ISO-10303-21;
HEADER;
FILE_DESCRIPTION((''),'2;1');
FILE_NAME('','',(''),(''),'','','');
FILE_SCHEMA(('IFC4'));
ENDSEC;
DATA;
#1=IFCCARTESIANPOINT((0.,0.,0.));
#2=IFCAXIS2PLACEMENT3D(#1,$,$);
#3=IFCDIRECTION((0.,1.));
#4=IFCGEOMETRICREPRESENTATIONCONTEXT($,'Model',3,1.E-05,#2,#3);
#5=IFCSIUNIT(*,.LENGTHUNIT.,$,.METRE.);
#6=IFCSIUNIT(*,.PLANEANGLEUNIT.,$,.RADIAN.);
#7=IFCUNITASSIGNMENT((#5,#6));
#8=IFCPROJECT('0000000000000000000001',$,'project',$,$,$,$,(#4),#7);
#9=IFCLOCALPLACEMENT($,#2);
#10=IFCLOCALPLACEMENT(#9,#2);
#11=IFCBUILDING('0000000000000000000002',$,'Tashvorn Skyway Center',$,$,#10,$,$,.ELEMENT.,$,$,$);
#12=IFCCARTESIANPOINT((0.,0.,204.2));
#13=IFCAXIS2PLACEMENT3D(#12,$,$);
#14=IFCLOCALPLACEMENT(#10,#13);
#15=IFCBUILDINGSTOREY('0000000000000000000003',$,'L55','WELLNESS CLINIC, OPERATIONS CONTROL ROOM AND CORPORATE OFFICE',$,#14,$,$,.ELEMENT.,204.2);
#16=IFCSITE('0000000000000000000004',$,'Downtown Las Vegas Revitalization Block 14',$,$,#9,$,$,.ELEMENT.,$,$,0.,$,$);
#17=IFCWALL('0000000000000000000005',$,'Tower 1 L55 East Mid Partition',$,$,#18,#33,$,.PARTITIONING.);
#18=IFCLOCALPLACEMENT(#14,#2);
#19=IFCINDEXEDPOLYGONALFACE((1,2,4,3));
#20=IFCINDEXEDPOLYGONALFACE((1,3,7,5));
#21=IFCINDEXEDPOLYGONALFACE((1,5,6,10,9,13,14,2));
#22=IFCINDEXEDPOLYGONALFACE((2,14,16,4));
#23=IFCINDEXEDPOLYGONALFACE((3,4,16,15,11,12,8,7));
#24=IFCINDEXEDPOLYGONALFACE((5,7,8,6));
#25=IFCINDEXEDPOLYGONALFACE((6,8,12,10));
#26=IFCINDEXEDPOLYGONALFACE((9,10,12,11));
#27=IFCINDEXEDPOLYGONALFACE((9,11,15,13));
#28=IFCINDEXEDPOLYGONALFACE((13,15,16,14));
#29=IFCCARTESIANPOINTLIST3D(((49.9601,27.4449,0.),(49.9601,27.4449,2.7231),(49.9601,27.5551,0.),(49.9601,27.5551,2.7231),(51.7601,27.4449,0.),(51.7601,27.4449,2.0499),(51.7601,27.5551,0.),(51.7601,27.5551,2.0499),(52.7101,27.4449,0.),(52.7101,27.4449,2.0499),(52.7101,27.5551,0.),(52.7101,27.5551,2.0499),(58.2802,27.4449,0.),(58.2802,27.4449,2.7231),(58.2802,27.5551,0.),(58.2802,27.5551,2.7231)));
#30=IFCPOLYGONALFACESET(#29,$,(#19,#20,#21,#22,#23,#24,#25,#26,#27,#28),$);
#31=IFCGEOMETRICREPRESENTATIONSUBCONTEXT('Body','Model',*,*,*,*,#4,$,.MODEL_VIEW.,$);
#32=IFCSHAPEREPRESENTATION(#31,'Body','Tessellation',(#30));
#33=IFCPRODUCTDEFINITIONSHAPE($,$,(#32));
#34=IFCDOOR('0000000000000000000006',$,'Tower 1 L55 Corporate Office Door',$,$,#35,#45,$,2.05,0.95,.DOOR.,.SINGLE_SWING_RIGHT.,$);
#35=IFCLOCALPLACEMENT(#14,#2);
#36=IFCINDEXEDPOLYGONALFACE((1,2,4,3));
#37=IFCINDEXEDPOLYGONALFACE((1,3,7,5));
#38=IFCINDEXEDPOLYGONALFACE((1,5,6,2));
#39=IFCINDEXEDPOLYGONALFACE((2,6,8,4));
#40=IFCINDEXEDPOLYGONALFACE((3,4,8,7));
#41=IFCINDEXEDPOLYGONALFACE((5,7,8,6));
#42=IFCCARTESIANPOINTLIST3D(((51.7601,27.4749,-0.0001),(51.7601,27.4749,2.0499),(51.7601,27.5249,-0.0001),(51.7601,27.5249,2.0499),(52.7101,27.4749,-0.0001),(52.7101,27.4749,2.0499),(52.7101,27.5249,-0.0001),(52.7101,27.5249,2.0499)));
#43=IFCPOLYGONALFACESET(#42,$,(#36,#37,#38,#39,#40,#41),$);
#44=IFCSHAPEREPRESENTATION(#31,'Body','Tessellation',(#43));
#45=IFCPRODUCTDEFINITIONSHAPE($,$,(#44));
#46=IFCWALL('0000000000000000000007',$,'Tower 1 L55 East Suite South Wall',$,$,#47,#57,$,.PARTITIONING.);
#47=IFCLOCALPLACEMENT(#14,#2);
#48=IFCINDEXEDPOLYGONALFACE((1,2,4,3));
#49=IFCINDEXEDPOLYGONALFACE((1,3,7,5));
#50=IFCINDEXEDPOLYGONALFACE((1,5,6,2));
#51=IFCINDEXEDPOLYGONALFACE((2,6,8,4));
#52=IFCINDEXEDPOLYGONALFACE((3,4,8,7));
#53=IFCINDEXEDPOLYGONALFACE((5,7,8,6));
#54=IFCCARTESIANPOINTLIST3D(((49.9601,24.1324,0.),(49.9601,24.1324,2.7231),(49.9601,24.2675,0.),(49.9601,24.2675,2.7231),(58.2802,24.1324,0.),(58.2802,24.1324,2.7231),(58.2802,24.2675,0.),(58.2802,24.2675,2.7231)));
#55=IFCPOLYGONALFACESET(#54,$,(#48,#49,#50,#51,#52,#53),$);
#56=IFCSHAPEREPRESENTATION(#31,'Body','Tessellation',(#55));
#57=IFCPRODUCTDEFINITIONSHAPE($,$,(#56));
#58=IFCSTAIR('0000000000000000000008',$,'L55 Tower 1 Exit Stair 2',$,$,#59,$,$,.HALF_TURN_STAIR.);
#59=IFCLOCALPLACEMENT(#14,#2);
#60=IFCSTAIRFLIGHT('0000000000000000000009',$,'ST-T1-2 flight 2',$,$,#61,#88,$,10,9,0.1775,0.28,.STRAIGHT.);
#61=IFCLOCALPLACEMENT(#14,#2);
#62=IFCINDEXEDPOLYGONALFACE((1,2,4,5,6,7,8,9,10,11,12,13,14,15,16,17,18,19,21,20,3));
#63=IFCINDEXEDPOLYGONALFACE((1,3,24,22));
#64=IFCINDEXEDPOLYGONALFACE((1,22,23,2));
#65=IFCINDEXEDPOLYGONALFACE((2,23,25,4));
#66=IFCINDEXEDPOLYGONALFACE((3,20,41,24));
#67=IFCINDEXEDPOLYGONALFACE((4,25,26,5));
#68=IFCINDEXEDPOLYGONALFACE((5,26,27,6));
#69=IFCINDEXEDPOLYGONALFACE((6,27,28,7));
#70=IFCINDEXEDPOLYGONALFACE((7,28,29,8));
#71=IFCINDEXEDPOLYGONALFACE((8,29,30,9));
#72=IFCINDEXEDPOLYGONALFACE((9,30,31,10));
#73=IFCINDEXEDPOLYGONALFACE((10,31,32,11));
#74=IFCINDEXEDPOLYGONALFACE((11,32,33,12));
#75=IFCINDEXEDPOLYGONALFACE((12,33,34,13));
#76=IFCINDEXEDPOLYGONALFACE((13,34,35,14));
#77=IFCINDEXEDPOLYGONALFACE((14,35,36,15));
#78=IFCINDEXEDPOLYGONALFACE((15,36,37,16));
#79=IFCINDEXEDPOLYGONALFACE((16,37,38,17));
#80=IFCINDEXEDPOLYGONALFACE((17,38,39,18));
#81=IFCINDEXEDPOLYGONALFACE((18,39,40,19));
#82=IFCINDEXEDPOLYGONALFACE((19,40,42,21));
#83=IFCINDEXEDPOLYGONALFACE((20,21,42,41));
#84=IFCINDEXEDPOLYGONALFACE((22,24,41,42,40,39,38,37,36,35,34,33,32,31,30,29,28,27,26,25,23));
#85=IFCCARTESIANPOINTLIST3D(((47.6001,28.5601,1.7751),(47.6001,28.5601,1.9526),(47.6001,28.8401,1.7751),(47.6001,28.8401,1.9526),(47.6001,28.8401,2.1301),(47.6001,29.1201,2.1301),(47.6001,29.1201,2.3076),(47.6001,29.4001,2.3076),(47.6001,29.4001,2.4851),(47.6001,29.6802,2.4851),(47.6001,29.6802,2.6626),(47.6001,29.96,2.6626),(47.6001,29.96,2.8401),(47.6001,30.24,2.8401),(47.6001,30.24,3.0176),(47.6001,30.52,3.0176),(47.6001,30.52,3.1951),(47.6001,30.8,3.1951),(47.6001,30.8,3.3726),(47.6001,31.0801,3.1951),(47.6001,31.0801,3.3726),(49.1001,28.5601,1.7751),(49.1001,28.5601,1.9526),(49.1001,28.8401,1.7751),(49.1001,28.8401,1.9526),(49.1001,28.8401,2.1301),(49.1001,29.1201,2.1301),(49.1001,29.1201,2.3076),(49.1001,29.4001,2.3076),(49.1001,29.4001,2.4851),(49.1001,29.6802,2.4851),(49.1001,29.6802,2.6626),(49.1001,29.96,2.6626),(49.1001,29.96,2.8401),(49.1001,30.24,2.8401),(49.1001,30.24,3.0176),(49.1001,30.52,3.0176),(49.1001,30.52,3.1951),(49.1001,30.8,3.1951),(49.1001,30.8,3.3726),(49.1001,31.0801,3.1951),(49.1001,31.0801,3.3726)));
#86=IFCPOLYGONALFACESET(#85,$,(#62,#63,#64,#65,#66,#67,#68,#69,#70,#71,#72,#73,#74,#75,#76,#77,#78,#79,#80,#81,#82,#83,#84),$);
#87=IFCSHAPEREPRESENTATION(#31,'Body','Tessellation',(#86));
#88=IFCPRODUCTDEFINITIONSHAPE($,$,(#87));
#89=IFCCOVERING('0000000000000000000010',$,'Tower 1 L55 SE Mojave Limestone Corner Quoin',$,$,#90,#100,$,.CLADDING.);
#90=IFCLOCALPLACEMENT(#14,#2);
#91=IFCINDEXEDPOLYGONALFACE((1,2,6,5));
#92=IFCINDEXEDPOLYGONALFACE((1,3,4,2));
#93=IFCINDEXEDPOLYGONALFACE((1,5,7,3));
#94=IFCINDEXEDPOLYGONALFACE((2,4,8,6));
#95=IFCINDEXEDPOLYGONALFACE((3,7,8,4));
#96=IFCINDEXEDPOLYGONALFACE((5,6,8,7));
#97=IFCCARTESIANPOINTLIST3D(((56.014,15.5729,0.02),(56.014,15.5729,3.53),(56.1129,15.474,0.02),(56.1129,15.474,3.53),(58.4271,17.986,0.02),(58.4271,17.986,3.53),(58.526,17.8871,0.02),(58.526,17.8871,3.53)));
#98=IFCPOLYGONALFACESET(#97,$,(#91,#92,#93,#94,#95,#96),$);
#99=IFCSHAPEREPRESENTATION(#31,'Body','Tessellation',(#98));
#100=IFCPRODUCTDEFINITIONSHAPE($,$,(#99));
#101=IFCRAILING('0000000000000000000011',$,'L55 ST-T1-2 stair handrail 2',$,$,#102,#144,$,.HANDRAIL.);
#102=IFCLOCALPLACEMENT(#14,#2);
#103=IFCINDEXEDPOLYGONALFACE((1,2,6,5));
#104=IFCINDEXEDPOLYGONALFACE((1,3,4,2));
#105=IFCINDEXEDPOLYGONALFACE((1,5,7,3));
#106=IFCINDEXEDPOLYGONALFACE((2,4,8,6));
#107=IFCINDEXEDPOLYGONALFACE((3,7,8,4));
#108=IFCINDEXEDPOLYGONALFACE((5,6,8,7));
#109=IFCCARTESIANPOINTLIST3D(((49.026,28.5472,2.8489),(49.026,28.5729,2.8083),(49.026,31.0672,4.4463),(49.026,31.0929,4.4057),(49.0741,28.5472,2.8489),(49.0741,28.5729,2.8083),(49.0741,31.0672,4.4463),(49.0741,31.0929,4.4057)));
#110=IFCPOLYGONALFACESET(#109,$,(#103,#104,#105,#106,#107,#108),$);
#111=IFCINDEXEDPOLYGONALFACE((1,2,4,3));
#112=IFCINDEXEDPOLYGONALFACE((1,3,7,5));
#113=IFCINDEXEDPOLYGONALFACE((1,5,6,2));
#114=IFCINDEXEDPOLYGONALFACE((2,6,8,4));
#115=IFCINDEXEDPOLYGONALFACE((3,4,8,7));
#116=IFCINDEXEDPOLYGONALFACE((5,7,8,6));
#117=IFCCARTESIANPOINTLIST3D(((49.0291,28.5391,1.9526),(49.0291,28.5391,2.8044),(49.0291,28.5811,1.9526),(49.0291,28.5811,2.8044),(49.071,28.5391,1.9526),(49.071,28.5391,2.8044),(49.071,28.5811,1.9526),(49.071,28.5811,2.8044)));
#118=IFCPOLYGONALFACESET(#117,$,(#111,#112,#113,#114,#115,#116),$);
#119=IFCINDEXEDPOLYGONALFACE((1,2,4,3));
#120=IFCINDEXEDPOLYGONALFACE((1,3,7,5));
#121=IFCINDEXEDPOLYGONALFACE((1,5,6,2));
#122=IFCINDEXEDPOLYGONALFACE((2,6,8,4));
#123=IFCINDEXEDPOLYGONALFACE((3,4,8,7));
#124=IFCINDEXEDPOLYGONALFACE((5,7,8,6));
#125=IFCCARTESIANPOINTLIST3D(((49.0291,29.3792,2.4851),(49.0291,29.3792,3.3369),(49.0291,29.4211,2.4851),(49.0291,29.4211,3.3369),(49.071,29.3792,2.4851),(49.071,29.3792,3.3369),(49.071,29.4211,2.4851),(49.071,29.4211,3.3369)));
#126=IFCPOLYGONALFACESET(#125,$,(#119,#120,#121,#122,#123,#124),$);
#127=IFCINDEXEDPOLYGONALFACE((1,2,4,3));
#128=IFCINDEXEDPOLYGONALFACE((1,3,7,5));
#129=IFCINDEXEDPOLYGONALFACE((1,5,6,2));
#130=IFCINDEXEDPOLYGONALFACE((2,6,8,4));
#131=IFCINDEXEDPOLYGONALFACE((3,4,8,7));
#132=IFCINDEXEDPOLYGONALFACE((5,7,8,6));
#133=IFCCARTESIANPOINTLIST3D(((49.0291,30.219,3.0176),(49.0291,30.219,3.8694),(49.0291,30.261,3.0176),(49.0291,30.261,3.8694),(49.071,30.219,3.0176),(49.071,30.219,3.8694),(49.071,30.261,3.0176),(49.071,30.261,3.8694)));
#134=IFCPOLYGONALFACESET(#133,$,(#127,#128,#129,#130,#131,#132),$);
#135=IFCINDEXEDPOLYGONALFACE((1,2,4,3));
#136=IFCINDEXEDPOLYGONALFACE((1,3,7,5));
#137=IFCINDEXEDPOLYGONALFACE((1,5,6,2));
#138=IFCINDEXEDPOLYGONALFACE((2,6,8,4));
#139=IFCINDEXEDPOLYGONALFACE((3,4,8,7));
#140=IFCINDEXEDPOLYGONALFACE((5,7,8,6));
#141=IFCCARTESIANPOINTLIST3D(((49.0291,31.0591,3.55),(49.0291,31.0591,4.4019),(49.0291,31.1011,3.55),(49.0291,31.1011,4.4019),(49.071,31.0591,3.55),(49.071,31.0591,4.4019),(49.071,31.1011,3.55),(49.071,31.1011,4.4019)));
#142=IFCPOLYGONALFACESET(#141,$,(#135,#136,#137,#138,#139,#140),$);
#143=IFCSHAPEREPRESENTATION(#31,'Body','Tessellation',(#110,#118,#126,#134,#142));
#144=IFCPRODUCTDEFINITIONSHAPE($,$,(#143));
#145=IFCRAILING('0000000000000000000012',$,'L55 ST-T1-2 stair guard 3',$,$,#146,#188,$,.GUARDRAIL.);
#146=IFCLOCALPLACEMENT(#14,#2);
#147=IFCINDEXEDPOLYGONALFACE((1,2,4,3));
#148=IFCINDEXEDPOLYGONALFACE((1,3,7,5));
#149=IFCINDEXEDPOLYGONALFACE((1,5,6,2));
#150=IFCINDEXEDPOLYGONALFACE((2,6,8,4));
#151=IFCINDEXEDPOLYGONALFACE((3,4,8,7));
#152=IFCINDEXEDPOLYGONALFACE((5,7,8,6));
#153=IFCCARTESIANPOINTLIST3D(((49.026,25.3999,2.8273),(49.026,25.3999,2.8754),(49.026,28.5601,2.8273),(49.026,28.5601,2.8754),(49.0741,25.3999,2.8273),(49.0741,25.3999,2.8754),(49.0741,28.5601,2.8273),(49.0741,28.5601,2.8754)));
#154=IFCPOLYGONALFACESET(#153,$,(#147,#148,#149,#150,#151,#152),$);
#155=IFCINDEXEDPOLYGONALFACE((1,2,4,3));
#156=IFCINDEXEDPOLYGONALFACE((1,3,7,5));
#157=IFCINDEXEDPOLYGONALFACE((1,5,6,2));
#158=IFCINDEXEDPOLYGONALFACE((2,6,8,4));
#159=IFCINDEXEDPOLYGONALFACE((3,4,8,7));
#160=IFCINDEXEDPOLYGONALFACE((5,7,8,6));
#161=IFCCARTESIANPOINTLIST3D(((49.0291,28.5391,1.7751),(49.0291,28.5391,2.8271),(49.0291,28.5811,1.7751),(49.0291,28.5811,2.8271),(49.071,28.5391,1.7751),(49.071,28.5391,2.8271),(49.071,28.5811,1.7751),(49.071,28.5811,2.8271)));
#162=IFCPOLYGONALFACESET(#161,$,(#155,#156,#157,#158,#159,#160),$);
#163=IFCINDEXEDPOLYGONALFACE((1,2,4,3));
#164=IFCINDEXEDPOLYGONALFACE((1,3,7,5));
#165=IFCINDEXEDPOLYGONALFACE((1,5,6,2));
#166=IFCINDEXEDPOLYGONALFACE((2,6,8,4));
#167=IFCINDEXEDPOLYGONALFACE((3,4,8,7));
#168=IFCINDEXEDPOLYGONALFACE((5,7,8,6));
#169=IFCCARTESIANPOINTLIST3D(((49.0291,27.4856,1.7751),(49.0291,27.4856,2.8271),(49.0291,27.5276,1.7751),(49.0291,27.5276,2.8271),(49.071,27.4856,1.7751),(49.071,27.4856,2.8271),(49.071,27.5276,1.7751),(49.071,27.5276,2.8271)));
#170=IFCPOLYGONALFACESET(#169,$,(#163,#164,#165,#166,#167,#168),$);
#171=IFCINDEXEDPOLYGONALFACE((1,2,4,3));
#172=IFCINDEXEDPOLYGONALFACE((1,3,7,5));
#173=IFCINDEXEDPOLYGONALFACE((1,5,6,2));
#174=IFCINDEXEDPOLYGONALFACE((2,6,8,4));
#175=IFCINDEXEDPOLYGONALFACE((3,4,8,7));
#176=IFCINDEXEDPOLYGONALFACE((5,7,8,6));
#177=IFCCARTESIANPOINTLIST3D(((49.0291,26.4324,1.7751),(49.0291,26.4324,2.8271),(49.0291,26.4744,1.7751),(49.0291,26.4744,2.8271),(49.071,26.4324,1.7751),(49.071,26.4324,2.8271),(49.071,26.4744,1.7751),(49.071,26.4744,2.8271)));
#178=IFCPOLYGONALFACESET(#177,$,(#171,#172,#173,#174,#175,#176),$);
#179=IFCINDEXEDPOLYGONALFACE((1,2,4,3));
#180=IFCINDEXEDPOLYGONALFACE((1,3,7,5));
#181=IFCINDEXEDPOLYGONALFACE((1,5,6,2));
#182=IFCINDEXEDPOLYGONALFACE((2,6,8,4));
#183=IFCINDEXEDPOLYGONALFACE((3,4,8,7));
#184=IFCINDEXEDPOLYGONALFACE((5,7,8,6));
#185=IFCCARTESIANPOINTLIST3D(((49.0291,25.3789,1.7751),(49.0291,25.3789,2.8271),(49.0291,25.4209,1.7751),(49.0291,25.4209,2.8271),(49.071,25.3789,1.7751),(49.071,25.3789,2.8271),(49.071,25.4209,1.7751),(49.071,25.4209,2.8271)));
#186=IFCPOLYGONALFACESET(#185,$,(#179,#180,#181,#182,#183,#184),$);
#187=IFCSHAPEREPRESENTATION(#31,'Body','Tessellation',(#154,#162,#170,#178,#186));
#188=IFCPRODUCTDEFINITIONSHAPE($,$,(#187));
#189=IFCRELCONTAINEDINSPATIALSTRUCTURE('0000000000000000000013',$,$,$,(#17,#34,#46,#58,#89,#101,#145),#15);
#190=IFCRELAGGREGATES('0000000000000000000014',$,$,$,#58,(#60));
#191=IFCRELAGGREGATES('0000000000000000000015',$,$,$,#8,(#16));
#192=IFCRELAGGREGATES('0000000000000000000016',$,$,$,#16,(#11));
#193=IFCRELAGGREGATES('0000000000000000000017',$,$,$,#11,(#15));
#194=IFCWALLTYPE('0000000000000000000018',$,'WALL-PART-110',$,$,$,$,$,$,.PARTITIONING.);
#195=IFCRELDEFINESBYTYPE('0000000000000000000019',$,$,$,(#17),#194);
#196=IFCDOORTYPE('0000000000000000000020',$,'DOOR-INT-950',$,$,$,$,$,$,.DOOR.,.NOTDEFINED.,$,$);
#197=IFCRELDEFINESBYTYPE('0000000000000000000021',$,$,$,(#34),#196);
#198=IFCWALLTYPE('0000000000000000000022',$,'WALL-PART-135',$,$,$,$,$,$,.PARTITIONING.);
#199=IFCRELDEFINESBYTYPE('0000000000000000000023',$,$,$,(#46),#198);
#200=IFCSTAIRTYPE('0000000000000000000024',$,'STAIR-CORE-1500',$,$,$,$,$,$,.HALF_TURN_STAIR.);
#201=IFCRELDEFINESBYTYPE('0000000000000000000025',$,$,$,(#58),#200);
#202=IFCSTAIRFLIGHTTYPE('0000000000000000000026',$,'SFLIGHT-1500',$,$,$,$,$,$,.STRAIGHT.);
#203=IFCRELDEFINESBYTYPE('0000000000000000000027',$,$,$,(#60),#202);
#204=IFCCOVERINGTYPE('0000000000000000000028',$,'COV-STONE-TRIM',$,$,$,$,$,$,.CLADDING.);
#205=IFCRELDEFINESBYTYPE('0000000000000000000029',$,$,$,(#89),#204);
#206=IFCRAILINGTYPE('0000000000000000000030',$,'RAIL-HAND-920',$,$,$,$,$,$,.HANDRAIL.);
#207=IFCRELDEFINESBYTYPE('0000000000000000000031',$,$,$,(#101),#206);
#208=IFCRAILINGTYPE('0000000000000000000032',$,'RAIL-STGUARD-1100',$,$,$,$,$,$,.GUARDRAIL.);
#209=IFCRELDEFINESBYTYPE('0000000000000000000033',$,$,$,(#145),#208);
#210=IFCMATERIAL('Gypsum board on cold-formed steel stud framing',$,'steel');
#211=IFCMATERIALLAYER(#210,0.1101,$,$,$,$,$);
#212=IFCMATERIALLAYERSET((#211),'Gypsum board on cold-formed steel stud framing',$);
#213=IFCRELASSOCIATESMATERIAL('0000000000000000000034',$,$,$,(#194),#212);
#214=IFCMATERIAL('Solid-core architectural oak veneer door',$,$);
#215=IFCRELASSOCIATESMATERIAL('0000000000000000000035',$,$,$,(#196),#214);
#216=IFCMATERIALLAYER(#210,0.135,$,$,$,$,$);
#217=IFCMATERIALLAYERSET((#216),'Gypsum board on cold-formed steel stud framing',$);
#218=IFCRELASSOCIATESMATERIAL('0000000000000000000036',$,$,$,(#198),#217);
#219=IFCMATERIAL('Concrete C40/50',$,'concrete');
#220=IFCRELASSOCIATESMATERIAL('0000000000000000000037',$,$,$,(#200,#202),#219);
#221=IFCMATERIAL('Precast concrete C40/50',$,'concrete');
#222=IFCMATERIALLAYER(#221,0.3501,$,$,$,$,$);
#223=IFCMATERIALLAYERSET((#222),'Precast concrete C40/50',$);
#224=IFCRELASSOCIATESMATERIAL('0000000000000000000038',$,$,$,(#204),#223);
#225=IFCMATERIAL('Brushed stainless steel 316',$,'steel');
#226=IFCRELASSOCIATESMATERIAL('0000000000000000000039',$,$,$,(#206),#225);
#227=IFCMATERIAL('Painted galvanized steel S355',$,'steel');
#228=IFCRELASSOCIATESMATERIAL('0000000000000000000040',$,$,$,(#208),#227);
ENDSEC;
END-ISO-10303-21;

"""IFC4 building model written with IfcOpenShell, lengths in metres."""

from ifc_helpers import new_model, si_unit, direction, frame, frame_2d, origin, origin_2d, place, context, subcontext, project, spatial, polyline, rectangle, outline, extrude, material, layer, layer_set, type_object, element, fill, aggregate, save


model = new_model("IFC4")

# Units and contexts
model_context = context("Model", 3, precision=1e-05, world=origin(), true_north=direction((0.0, 1.0)))
body_context = subcontext(model_context, "Body", "Model", "MODEL_VIEW")
ifc_project = project(units=[si_unit("LENGTHUNIT", "METRE"), si_unit("PLANEANGLEUNIT", "RADIAN")], contexts=[model_context])

# Site, building, storey
site_placement = place(None, origin())
site = spatial("IfcSite", under=ifc_project, at=site_placement, Name="Downtown Las Vegas Revitalization Block 14", CompositionType="ELEMENT", RefElevation=0.0)
building_placement = place(site_placement, origin())
building = spatial("IfcBuilding", under=site, at=building_placement, Name="Tashvorn Skyway Center", CompositionType="ELEMENT")
storey_placement = place(building_placement, frame((0.0, 0.0, 204.2)))
storey = spatial("IfcBuildingStorey", under=building, at=storey_placement, Name="L55", Description="WELLNESS CLINIC, OPERATIONS CONTROL ROOM AND CORPORATE OFFICE", CompositionType="ELEMENT", Elevation=204.2)

# Wall, opening, door
ifc_material_1 = material(Name="Gypsum board on cold-formed steel stud framing", Category="steel")
ifc_layer_1 = layer(ifc_material_1, 0.1101)
ifc_layer_set_1 = layer_set([ifc_layer_1], Name="Gypsum board on cold-formed steel stud framing")
wall_type_1 = type_object("IfcWallType", Name="WALL-PART-110", PredefinedType="PARTITIONING", material=ifc_layer_set_1)
wall_1_placement = place(storey_placement, frame((49.96, 27.5, 0.0), z_axis=(0.0, 0.0, 1.0), x_axis=(1.0, 0.0, 0.0)))
wall_1 = element("IfcWall", 1, at=wall_1_placement, inside=storey, type_object=wall_type_1, Name="Tower 1 L55 East Mid Partition", PredefinedType="PARTITIONING", context=body_context, shape_type="SweptSolid", body=[
    extrude(rectangle(XDim=8.3201, YDim=0.1101, at=frame_2d((4.1602, 0.0))), origin(), (0.0, 0.0, 1.0), 2.7231),
])
opening_1_placement = place(wall_1_placement, frame((1.8, 0.0, 0.0)))
opening_1 = element("IfcOpeningElement", 2, at=opening_1_placement, cuts=wall_1, PredefinedType="OPENING", context=body_context, shape_type="SweptSolid", body=[
    extrude(rectangle(XDim=0.95, YDim=2.05, at=frame_2d((0.4751, 1.0249))), frame((0.0, 0.0649, 0.0), z_axis=(0.0, -1.0, 0.0), x_axis=(1.0, 0.0, 0.0)), (0.0, 0.0, 1.0), 0.1301),
])
ifc_material_2 = material(Name="Solid-core architectural oak veneer door")
door_type_1 = type_object("IfcDoorType", Name="DOOR-INT-950", OperationType="NOTDEFINED", PredefinedType="DOOR", material=ifc_material_2)
door_1_placement = place(opening_1_placement, origin())
door_1 = element("IfcDoor", 3, at=door_1_placement, inside=storey, type_object=door_type_1, Name="Tower 1 L55 Corporate Office Door", OperationType="SINGLE_SWING_RIGHT", OverallHeight=2.05, OverallWidth=0.95, PredefinedType="DOOR", context=body_context, shape_type="SweptSolid", body=[
    extrude(rectangle(XDim=0.95, YDim=2.05, at=frame_2d((0.4751, 1.0249))), frame((0.0, 0.0249, 0.0), z_axis=(0.0, -1.0, 0.0), x_axis=(1.0, 0.0, 0.0)), (0.0, 0.0, 1.0), 0.05),
])
fill(opening_1, door_1)

# Wall
ifc_layer_2 = layer(ifc_material_1, 0.135)
ifc_layer_set_2 = layer_set([ifc_layer_2], Name="Gypsum board on cold-formed steel stud framing")
wall_type_2 = type_object("IfcWallType", Name="WALL-PART-135", PredefinedType="PARTITIONING", material=ifc_layer_set_2)
wall_2_placement = place(storey_placement, frame((49.96, 24.2, 0.0), z_axis=(0.0, 0.0, 1.0), x_axis=(1.0, 0.0, 0.0)))
element("IfcWall", 4, at=wall_2_placement, inside=storey, type_object=wall_type_2, Name="Tower 1 L55 East Suite South Wall", PredefinedType="PARTITIONING", context=body_context, shape_type="SweptSolid", body=[
    extrude(rectangle(XDim=8.3201, YDim=0.135, at=frame_2d((4.1602, 0.0))), origin(), (0.0, 0.0, 1.0), 2.7231),
])

# Stair, stair flight
ifc_material_3 = material(Name="Concrete C40/50", Category="concrete")
stair_type = type_object("IfcStairType", Name="STAIR-CORE-1500", PredefinedType="HALF_TURN_STAIR", material=ifc_material_3)
stair_placement = place(storey_placement, origin())
stair = element("IfcStair", 5, at=stair_placement, inside=storey, type_object=stair_type, Name="L55 Tower 1 Exit Stair 2", PredefinedType="HALF_TURN_STAIR")
stair_flight_type = type_object("IfcStairFlightType", Name="SFLIGHT-1500", PredefinedType="STRAIGHT", material=ifc_material_3)
stair_flight_placement = place(storey_placement, frame((48.3501, 28.5601, 1.7751), z_axis=(0.0, 0.0, 1.0), x_axis=(0.0, 1.0, 0.0)))
stair_flight = element("IfcStairFlight", 6, at=stair_flight_placement, type_object=stair_flight_type, Name="ST-T1-2 flight 2", NumberOfRisers=10, NumberOfTreads=9, PredefinedType="STRAIGHT", RiserHeight=0.1775, TreadLength=0.28, context=body_context, shape_type="SweptSolid", body=[
    extrude(outline(polyline([(0.0, 0.0), (0.0, 0.1775), (0.28, 0.1775), (0.28, 0.355), (0.5601, 0.355), (0.5601, 0.5325), (0.8401, 0.5325), (0.8401, 0.71), (1.1201, 0.71), (1.1201, 0.8875), (1.3999, 0.8875), (1.3999, 1.0649), (1.6799, 1.0649), (1.6799, 1.2424), (1.96, 1.2424), (1.96, 1.4199), (2.24, 1.4199), (2.24, 1.5974), (2.52, 1.5974), (2.52, 1.7749), (2.52, 1.4199), (0.28, 0.0), (0.0, 0.0)])), frame((0.0, 0.75, 0.0), z_axis=(0.0, -1.0, 0.0), x_axis=(1.0, 0.0, 0.0)), (0.0, 0.0, 1.0), 1.5),
])
aggregate(stair, [stair_flight])

# Covering
ifc_material_4 = material(Name="Precast concrete C40/50", Category="concrete")
ifc_layer_3 = layer(ifc_material_4, 0.3501)
ifc_layer_set_3 = layer_set([ifc_layer_3], Name="Precast concrete C40/50")
covering_type = type_object("IfcCoveringType", Name="COV-STONE-TRIM", PredefinedType="CLADDING", material=ifc_layer_set_3)
covering_placement = place(storey_placement, frame((57.27, 16.73, 0.02), z_axis=(0.0, 0.0, 1.0), x_axis=(0.707107, 0.707107, 0.0)))
element("IfcCovering", 7, at=covering_placement, inside=storey, type_object=covering_type, Name="Tower 1 L55 SE Mojave Limestone Corner Quoin", PredefinedType="CLADDING", context=body_context, shape_type="SweptSolid", body=[
    extrude(rectangle(XDim=3.4126, YDim=0.1399, at=origin_2d()), origin(), (0.0, 0.0, 1.0), 3.51),
])

# Railings
ifc_material_5 = material(Name="Brushed stainless steel 316", Category="steel")
railing_type_1 = type_object("IfcRailingType", Name="RAIL-HAND-920", PredefinedType="HANDRAIL", material=ifc_material_5)
railing_1_placement = place(storey_placement, frame((49.05, 28.5601, 1.9526)))
element("IfcRailing", 8, at=railing_1_placement, inside=storey, type_object=railing_type_1, Name="L55 ST-T1-2 stair handrail 2", PredefinedType="HANDRAIL", context=body_context, shape_type="SweptSolid", body=[
    extrude(rectangle(XDim=0.0481, YDim=0.0481, at=origin_2d()), frame((0.0, 0.0, 0.876), z_axis=(0.0, 0.844607, 0.535387), x_axis=(-1.0, 0.0, 0.0)), (0.0, 0.0, 1.0), 2.9836),
    extrude(rectangle(XDim=0.042, YDim=0.042, at=origin_2d()), origin(), (0.0, 0.0, 1.0), 0.8518),
    extrude(rectangle(XDim=0.042, YDim=0.042, at=origin_2d()), frame((0.0, 0.8401, 0.5325)), (0.0, 0.0, 1.0), 0.8518),
    extrude(rectangle(XDim=0.042, YDim=0.042, at=origin_2d()), frame((0.0, 1.6799, 1.0649)), (0.0, 0.0, 1.0), 0.8518),
    extrude(rectangle(XDim=0.042, YDim=0.042, at=origin_2d()), frame((0.0, 2.52, 1.5974)), (0.0, 0.0, 1.0), 0.8518),
])
ifc_material_6 = material(Name="Painted galvanized steel S355", Category="steel")
railing_type_2 = type_object("IfcRailingType", Name="RAIL-STGUARD-1100", PredefinedType="GUARDRAIL", material=ifc_material_6)
railing_2_placement = place(storey_placement, frame((49.05, 28.5601, 1.7751)))
element("IfcRailing", 9, at=railing_2_placement, inside=storey, type_object=railing_type_2, Name="L55 ST-T1-2 stair guard 3", PredefinedType="GUARDRAIL", context=body_context, shape_type="SweptSolid", body=[
    extrude(rectangle(XDim=0.0481, YDim=0.0481, at=origin_2d()), frame((0.0, 0.0, 1.0762), z_axis=(0.0, -1.0, 0.0), x_axis=(1.0, 0.0, 0.0)), (0.0, 0.0, 1.0), 3.1602),
    extrude(rectangle(XDim=0.042, YDim=0.042, at=origin_2d()), origin(), (0.0, 0.0, 1.0), 1.052),
    extrude(rectangle(XDim=0.042, YDim=0.042, at=origin_2d()), frame((0.0, -1.0535, 0.0)), (0.0, 0.0, 1.0), 1.052),
    extrude(rectangle(XDim=0.042, YDim=0.042, at=origin_2d()), frame((0.0, -2.1067, 0.0)), (0.0, 0.0, 1.0), 1.052),
    extrude(rectangle(XDim=0.042, YDim=0.042, at=origin_2d()), frame((0.0, -3.1602, 0.0)), (0.0, 0.0, 1.0), 1.052),
])

save(model, "model.ifc")
